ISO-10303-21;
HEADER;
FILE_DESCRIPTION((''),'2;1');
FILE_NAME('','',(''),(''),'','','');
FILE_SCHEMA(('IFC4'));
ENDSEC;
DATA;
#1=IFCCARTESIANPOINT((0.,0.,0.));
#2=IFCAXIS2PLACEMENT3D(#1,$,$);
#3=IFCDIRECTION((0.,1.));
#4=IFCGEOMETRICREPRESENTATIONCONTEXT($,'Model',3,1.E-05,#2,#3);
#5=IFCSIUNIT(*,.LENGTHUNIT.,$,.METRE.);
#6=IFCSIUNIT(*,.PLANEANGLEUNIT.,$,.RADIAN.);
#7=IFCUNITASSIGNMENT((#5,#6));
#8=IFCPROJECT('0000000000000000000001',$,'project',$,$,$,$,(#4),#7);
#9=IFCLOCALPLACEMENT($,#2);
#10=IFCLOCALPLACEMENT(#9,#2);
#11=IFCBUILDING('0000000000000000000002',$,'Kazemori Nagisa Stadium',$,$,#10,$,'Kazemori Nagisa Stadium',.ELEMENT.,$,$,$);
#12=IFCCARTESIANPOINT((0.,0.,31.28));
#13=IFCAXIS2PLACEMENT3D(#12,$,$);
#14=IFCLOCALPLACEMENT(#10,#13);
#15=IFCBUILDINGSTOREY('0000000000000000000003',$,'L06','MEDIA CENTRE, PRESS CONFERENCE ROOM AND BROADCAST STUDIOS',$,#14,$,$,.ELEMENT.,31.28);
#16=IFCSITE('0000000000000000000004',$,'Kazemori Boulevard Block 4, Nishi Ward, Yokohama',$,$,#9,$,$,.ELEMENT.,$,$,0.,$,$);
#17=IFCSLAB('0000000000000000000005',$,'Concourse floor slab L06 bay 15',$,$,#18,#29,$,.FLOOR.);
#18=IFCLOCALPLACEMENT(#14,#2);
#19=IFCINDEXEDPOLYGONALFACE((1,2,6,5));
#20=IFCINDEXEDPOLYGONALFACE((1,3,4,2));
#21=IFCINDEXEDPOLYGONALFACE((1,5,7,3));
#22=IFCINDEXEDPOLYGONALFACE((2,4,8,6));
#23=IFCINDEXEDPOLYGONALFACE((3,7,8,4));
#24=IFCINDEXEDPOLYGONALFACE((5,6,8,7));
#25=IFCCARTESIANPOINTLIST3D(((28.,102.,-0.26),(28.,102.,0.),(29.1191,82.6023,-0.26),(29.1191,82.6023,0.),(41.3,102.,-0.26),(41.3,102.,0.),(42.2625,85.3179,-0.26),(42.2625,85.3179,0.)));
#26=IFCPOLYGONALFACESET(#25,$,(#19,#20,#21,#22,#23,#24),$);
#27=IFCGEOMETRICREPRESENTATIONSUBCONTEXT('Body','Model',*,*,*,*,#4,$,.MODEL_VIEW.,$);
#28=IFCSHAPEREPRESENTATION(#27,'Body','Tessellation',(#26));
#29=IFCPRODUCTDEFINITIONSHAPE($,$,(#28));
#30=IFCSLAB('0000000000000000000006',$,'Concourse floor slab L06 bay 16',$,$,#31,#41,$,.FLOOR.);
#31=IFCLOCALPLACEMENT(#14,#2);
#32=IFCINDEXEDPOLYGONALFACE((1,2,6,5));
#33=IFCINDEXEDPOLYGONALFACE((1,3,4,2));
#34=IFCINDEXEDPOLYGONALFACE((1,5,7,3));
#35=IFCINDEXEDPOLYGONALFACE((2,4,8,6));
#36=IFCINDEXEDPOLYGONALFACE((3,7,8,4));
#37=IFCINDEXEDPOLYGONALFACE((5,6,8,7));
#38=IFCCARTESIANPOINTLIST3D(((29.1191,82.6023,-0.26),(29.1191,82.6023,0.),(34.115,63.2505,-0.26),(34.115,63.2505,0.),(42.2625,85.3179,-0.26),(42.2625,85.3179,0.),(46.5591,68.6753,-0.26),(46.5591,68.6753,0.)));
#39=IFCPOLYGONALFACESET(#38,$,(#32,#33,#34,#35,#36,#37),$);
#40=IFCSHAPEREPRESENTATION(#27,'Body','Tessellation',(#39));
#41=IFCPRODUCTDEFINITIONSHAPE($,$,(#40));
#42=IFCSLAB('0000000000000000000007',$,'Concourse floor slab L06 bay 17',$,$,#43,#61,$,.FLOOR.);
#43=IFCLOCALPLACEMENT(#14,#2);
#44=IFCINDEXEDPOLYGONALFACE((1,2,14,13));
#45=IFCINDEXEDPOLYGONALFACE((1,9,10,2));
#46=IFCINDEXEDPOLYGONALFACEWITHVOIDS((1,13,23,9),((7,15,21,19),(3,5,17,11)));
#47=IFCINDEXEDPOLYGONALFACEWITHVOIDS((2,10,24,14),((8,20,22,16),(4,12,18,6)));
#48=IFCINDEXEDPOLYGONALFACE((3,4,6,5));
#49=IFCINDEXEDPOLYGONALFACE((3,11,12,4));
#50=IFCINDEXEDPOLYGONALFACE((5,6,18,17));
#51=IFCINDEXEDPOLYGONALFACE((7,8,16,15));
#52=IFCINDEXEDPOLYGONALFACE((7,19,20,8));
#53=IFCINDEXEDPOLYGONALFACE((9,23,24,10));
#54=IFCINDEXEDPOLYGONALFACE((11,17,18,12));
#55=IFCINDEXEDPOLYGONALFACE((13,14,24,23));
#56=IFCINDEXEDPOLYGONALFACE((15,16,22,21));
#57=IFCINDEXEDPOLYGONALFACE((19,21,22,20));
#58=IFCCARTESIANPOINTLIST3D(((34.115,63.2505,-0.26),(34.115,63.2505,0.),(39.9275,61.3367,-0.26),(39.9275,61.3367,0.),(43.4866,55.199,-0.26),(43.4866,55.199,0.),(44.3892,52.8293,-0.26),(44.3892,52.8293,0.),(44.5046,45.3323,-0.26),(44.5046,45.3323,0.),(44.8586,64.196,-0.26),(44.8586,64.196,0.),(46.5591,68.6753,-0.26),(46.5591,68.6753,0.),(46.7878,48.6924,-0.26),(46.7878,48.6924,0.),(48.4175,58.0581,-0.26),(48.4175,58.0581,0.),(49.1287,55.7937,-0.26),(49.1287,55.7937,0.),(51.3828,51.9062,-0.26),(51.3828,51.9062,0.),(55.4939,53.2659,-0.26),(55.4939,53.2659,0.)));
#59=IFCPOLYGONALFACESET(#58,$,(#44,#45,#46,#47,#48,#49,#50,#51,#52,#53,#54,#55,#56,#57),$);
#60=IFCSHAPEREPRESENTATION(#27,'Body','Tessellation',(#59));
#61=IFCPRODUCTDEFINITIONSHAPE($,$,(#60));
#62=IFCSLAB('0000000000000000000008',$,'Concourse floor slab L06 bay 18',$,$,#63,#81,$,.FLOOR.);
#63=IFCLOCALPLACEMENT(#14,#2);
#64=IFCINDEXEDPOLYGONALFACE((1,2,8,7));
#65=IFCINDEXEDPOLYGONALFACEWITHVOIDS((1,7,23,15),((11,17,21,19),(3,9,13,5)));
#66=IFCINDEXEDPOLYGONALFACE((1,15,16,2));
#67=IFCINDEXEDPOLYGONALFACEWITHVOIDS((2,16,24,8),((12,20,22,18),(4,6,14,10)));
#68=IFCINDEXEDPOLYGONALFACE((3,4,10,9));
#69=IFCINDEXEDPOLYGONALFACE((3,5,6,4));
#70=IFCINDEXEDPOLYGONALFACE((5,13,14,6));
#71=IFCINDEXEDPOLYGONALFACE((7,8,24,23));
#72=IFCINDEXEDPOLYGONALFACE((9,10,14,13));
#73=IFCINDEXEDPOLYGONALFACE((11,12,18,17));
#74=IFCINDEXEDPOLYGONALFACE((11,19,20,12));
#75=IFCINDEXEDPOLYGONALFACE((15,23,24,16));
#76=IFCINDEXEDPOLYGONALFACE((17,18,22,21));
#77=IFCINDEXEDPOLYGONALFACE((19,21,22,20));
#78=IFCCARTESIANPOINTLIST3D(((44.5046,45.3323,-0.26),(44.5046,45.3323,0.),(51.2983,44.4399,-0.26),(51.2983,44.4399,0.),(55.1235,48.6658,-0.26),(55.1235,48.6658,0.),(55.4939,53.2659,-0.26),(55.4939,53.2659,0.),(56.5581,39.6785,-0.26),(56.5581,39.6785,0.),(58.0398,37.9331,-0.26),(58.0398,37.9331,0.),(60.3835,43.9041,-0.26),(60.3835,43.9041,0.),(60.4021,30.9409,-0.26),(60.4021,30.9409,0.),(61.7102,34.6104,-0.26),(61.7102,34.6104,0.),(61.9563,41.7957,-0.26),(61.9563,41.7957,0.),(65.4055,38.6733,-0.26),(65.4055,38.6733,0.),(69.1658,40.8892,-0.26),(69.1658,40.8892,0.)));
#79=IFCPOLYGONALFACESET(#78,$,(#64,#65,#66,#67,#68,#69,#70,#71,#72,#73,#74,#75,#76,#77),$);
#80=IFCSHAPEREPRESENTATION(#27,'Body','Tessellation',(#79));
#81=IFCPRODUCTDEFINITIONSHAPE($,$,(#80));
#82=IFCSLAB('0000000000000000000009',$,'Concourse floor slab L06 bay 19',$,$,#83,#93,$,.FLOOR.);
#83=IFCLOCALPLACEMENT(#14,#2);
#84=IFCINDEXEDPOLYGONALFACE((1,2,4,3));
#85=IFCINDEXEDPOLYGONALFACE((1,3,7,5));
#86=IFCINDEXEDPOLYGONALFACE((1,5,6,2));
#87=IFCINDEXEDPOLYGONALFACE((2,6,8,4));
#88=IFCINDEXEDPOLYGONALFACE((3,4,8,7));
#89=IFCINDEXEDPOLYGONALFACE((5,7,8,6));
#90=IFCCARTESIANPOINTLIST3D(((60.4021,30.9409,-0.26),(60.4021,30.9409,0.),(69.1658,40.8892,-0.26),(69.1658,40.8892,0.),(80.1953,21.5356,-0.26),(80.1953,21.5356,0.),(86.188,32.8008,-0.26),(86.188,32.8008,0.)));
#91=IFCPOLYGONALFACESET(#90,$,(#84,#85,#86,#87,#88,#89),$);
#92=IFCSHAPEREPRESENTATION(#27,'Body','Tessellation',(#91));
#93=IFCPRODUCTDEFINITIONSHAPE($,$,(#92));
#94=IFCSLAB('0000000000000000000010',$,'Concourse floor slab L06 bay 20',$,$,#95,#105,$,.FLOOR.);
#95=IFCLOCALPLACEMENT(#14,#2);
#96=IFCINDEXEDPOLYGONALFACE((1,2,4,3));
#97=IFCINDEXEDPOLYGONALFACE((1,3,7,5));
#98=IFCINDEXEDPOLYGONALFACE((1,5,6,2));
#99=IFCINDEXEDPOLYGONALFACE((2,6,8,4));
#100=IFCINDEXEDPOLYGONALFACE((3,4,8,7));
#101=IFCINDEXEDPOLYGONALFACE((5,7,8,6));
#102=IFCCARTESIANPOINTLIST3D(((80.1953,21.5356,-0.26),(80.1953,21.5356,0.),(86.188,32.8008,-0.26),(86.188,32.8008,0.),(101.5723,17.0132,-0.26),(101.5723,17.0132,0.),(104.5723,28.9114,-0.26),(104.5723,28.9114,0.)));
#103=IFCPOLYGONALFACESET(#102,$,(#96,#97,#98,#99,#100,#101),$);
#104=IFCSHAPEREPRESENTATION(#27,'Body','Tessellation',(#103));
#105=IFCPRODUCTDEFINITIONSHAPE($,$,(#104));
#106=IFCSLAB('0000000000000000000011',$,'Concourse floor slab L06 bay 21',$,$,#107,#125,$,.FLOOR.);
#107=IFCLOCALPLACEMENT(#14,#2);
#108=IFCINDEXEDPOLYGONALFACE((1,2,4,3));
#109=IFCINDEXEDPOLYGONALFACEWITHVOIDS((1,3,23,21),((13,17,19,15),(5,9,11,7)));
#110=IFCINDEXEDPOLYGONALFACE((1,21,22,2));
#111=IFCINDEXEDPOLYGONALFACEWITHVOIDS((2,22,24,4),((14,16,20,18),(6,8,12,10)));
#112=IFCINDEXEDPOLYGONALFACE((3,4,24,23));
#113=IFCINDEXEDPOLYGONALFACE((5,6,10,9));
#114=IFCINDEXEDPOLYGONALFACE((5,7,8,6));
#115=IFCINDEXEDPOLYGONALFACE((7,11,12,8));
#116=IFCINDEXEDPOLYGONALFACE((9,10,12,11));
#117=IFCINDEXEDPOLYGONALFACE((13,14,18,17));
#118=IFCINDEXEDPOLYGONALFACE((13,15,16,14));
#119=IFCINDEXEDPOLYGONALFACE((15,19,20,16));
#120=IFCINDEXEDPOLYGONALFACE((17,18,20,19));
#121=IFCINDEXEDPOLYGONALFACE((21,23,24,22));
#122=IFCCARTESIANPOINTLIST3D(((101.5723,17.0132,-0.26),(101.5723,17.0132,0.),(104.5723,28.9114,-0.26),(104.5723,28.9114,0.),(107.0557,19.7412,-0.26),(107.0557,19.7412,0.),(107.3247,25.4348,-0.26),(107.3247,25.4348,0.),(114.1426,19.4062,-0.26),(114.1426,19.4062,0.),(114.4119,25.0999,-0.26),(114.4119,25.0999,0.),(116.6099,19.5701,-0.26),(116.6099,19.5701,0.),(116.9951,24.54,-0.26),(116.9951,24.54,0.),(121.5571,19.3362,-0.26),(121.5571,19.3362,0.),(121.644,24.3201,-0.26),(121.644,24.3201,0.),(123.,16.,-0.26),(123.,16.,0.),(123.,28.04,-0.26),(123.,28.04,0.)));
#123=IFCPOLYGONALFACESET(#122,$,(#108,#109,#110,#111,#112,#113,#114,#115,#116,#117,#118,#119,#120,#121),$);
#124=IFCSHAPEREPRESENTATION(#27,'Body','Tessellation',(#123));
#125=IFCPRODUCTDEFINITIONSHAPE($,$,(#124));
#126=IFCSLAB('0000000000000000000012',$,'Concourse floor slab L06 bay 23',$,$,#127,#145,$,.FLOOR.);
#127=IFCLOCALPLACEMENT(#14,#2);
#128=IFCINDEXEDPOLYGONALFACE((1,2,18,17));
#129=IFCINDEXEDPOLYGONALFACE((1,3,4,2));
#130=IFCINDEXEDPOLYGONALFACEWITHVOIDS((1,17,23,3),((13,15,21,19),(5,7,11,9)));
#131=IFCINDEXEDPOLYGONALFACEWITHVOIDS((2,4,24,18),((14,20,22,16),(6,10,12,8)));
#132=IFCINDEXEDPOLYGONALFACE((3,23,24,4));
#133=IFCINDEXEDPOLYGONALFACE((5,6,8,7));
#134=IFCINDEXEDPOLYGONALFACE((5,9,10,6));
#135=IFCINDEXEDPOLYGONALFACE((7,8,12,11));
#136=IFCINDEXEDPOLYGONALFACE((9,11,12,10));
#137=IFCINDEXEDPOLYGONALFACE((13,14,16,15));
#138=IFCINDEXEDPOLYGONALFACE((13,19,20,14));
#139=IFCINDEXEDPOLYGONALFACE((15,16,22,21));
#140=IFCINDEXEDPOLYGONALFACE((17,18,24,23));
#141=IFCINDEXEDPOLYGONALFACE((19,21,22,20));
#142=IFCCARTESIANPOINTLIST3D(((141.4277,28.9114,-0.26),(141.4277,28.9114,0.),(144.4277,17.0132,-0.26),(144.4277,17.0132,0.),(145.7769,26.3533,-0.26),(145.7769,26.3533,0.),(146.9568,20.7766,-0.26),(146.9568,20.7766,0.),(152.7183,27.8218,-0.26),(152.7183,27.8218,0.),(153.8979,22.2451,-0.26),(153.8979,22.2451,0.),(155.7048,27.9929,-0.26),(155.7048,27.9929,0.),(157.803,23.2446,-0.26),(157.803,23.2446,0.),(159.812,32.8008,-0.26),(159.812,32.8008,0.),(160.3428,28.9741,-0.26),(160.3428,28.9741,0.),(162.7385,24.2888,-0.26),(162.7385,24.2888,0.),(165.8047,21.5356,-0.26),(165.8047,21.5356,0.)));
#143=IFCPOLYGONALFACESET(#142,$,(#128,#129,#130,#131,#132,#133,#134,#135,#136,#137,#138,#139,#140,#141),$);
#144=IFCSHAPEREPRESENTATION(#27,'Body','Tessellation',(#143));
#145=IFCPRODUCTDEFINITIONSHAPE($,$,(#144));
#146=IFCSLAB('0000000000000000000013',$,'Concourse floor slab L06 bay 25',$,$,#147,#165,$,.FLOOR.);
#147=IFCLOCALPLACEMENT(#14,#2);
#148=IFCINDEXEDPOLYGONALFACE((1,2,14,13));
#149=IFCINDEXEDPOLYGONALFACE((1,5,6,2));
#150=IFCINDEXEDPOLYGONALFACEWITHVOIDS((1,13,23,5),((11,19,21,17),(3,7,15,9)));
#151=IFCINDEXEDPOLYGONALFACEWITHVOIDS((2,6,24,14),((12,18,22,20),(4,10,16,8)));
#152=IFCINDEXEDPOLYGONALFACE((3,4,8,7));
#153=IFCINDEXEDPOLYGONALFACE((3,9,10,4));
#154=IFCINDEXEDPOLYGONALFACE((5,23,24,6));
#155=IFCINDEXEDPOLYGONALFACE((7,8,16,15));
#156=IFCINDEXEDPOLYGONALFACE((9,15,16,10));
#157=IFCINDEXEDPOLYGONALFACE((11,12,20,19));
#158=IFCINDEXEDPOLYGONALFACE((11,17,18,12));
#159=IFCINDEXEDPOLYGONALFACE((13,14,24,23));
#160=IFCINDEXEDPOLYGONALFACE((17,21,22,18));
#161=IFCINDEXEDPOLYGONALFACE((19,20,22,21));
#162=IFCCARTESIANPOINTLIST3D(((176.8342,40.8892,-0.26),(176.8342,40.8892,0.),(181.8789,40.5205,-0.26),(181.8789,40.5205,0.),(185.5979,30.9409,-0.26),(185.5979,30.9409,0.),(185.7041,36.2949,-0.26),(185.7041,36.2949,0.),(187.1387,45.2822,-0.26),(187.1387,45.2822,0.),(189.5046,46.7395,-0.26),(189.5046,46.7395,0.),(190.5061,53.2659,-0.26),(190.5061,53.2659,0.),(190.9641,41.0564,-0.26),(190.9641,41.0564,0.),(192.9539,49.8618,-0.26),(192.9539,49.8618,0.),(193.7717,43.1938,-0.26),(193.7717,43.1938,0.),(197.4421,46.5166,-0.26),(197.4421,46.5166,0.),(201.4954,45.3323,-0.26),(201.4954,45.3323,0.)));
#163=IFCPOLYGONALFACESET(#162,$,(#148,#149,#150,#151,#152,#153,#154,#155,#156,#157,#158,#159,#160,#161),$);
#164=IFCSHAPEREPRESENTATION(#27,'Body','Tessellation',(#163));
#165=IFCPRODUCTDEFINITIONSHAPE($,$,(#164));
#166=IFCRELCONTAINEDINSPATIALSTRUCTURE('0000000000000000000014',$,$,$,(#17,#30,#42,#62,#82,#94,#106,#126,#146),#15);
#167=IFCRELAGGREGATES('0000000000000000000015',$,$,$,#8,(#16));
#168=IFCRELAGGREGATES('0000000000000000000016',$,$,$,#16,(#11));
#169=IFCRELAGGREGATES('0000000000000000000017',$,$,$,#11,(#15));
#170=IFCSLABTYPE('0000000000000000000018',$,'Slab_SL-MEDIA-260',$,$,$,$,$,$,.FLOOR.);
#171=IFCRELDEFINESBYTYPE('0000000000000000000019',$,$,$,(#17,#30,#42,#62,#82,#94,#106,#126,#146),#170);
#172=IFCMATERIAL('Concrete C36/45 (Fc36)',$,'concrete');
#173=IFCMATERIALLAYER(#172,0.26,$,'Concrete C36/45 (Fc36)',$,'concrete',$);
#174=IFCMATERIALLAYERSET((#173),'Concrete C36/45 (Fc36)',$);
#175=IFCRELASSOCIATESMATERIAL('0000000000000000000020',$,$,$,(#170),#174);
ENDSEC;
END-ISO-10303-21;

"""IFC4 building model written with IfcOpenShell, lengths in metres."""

from ifc_helpers import new_model, si_unit, direction, frame, origin, place, context, subcontext, project, spatial, polyline, outline, extrude, material, layer, layer_set, type_object, element, save


model = new_model("IFC4")

# Units and contexts
model_context = context("Model", 3, precision=1e-05, world=origin(), true_north=direction((0.0, 1.0)))
body_context = subcontext(model_context, "Body", "Model", "MODEL_VIEW")
ifc_project = project(units=[si_unit("LENGTHUNIT", "METRE"), si_unit("PLANEANGLEUNIT", "RADIAN")], contexts=[model_context])

# Site, building, storey
site_placement = place(None, origin())
site = spatial("IfcSite", under=ifc_project, at=site_placement, Name="Kazemori Boulevard Block 4, Nishi Ward, Yokohama", CompositionType="ELEMENT", RefElevation=0.0)
building_placement = place(site_placement, origin())
building = spatial("IfcBuilding", under=site, at=building_placement, Name="Kazemori Nagisa Stadium", LongName="Kazemori Nagisa Stadium", CompositionType="ELEMENT")
storey_placement = place(building_placement, frame((0.0, 0.0, 31.28)))
storey = spatial("IfcBuildingStorey", under=building, at=storey_placement, Name="L06", Description="MEDIA CENTRE, PRESS CONFERENCE ROOM AND BROADCAST STUDIOS", CompositionType="ELEMENT", Elevation=31.28)

# Shared definitions
ifc_material = material(Name="Concrete C36/45 (Fc36)", Category="concrete")

# Slabs
ifc_layer_1 = layer(ifc_material, 0.26, Name="Concrete C36/45 (Fc36)", Category="concrete")
ifc_layer_set_1 = layer_set([ifc_layer_1], Name="Concrete C36/45 (Fc36)")
slab_type_1 = type_object("IfcSlabType", Name="Slab_SL-MEDIA-260", PredefinedType="FLOOR", material=ifc_layer_set_1)
slab_1_placement = place(storey_placement, frame((0.0, 0.0, -0.26)))
element("IfcSlab", 1, at=slab_1_placement, inside=storey, type_object=slab_type_1, Name="Concourse floor slab L06 bay 15", PredefinedType="FLOOR", context=body_context, shape_type="SweptSolid", body=[
    extrude(outline(polyline([(41.3, 102.0), (42.2625, 85.3179), (29.1191, 82.6023), (28.0, 102.0), (41.3, 102.0)])), origin(), (0.0, 0.0, 1.0), 0.26),
])
slab_2_placement = place(storey_placement, frame((0.0, 0.0, -0.26)))
element("IfcSlab", 2, at=slab_2_placement, inside=storey, type_object=slab_type_1, Name="Concourse floor slab L06 bay 16", PredefinedType="FLOOR", context=body_context, shape_type="SweptSolid", body=[
    extrude(outline(polyline([(42.2625, 85.3179), (46.5591, 68.6753), (34.115, 63.2505), (29.1191, 82.6023), (42.2625, 85.3179)])), origin(), (0.0, 0.0, 1.0), 0.26),
])
slab_3_placement = place(storey_placement, frame((0.0, 0.0, -0.26)))
element("IfcSlab", 3, at=slab_3_placement, inside=storey, type_object=slab_type_1, Name="Concourse floor slab L06 bay 17", PredefinedType="FLOOR", context=body_context, shape_type="SweptSolid", body=[
    extrude(outline(polyline([(46.5591, 68.6753), (55.4939, 53.2659), (44.5046, 45.3323), (34.115, 63.2505), (46.5591, 68.6753)]), holes=[polyline([(44.8586, 64.196), (48.4175, 58.0581), (43.4866, 55.199), (39.9275, 61.3367), (44.8586, 64.196)]), polyline([(49.1287, 55.7937), (51.3828, 51.9062), (46.7878, 48.6924), (44.3892, 52.8293), (49.1287, 55.7937)])]), origin(), (0.0, 0.0, 1.0), 0.26),
])
slab_4_placement = place(storey_placement, frame((0.0, 0.0, -0.26)))
element("IfcSlab", 4, at=slab_4_placement, inside=storey, type_object=slab_type_1, Name="Concourse floor slab L06 bay 18", PredefinedType="FLOOR", context=body_context, shape_type="SweptSolid", body=[
    extrude(outline(polyline([(55.4939, 53.2659), (69.1658, 40.8892), (60.4021, 30.9409), (44.5046, 45.3323), (55.4939, 53.2659)]), holes=[polyline([(55.1235, 48.6658), (60.3835, 43.9041), (56.5581, 39.6785), (51.2983, 44.4399), (55.1235, 48.6658)]), polyline([(61.9563, 41.7957), (65.4055, 38.6733), (61.7102, 34.6104), (58.0398, 37.9331), (61.9563, 41.7957)])]), origin(), (0.0, 0.0, 1.0), 0.26),
])
slab_5_placement = place(storey_placement, frame((0.0, 0.0, -0.26)))
element("IfcSlab", 5, at=slab_5_placement, inside=storey, type_object=slab_type_1, Name="Concourse floor slab L06 bay 19", PredefinedType="FLOOR", context=body_context, shape_type="SweptSolid", body=[
    extrude(outline(polyline([(69.1658, 40.8892), (86.188, 32.8008), (80.1953, 21.5356), (60.4021, 30.9409), (69.1658, 40.8892)])), origin(), (0.0, 0.0, 1.0), 0.26),
])
slab_6_placement = place(storey_placement, frame((0.0, 0.0, -0.26)))
element("IfcSlab", 6, at=slab_6_placement, inside=storey, type_object=slab_type_1, Name="Concourse floor slab L06 bay 20", PredefinedType="FLOOR", context=body_context, shape_type="SweptSolid", body=[
    extrude(outline(polyline([(86.188, 32.8008), (104.5723, 28.9114), (101.5723, 17.0132), (80.1953, 21.5356), (86.188, 32.8008)])), origin(), (0.0, 0.0, 1.0), 0.26),
])
slab_7_placement = place(storey_placement, frame((0.0, 0.0, -0.26)))
element("IfcSlab", 7, at=slab_7_placement, inside=storey, type_object=slab_type_1, Name="Concourse floor slab L06 bay 21", PredefinedType="FLOOR", context=body_context, shape_type="SweptSolid", body=[
    extrude(outline(polyline([(104.5723, 28.9114), (123.0, 28.04), (123.0, 16.0), (101.5723, 17.0132), (104.5723, 28.9114)]), holes=[polyline([(107.3247, 25.4348), (114.4119, 25.0999), (114.1426, 19.4062), (107.0557, 19.7412), (107.3247, 25.4348)]), polyline([(116.9951, 24.54), (121.644, 24.3201), (121.5571, 19.3362), (116.6099, 19.5701), (116.9951, 24.54)])]), origin(), (0.0, 0.0, 1.0), 0.26),
])
slab_8_placement = place(storey_placement, frame((0.0, 0.0, -0.26)))
element("IfcSlab", 8, at=slab_8_placement, inside=storey, type_object=slab_type_1, Name="Concourse floor slab L06 bay 23", PredefinedType="FLOOR", context=body_context, shape_type="SweptSolid", body=[
    extrude(outline(polyline([(141.4277, 28.9114), (159.812, 32.8008), (165.8047, 21.5356), (144.4277, 17.0132), (141.4277, 28.9114)]), holes=[polyline([(145.7769, 26.3533), (152.7183, 27.8218), (153.8979, 22.2451), (146.9568, 20.7766), (145.7769, 26.3533)]), polyline([(155.7048, 27.9929), (160.3428, 28.9741), (162.7385, 24.2888), (157.803, 23.2446), (155.7048, 27.9929)])]), origin(), (0.0, 0.0, 1.0), 0.26),
])
slab_9_placement = place(storey_placement, frame((0.0, 0.0, -0.26)))
element("IfcSlab", 9, at=slab_9_placement, inside=storey, type_object=slab_type_1, Name="Concourse floor slab L06 bay 25", PredefinedType="FLOOR", context=body_context, shape_type="SweptSolid", body=[
    extrude(outline(polyline([(176.8342, 40.8892), (190.5061, 53.2659), (201.4954, 45.3323), (185.5979, 30.9409), (176.8342, 40.8892)]), holes=[polyline([(181.8789, 40.5205), (187.1387, 45.2822), (190.9641, 41.0564), (185.7041, 36.2949), (181.8789, 40.5205)]), polyline([(189.5046, 46.7395), (192.9539, 49.8618), (197.4421, 46.5166), (193.7717, 43.1938), (189.5046, 46.7395)])]), origin(), (0.0, 0.0, 1.0), 0.26),
])

save(model, "model.ifc")
